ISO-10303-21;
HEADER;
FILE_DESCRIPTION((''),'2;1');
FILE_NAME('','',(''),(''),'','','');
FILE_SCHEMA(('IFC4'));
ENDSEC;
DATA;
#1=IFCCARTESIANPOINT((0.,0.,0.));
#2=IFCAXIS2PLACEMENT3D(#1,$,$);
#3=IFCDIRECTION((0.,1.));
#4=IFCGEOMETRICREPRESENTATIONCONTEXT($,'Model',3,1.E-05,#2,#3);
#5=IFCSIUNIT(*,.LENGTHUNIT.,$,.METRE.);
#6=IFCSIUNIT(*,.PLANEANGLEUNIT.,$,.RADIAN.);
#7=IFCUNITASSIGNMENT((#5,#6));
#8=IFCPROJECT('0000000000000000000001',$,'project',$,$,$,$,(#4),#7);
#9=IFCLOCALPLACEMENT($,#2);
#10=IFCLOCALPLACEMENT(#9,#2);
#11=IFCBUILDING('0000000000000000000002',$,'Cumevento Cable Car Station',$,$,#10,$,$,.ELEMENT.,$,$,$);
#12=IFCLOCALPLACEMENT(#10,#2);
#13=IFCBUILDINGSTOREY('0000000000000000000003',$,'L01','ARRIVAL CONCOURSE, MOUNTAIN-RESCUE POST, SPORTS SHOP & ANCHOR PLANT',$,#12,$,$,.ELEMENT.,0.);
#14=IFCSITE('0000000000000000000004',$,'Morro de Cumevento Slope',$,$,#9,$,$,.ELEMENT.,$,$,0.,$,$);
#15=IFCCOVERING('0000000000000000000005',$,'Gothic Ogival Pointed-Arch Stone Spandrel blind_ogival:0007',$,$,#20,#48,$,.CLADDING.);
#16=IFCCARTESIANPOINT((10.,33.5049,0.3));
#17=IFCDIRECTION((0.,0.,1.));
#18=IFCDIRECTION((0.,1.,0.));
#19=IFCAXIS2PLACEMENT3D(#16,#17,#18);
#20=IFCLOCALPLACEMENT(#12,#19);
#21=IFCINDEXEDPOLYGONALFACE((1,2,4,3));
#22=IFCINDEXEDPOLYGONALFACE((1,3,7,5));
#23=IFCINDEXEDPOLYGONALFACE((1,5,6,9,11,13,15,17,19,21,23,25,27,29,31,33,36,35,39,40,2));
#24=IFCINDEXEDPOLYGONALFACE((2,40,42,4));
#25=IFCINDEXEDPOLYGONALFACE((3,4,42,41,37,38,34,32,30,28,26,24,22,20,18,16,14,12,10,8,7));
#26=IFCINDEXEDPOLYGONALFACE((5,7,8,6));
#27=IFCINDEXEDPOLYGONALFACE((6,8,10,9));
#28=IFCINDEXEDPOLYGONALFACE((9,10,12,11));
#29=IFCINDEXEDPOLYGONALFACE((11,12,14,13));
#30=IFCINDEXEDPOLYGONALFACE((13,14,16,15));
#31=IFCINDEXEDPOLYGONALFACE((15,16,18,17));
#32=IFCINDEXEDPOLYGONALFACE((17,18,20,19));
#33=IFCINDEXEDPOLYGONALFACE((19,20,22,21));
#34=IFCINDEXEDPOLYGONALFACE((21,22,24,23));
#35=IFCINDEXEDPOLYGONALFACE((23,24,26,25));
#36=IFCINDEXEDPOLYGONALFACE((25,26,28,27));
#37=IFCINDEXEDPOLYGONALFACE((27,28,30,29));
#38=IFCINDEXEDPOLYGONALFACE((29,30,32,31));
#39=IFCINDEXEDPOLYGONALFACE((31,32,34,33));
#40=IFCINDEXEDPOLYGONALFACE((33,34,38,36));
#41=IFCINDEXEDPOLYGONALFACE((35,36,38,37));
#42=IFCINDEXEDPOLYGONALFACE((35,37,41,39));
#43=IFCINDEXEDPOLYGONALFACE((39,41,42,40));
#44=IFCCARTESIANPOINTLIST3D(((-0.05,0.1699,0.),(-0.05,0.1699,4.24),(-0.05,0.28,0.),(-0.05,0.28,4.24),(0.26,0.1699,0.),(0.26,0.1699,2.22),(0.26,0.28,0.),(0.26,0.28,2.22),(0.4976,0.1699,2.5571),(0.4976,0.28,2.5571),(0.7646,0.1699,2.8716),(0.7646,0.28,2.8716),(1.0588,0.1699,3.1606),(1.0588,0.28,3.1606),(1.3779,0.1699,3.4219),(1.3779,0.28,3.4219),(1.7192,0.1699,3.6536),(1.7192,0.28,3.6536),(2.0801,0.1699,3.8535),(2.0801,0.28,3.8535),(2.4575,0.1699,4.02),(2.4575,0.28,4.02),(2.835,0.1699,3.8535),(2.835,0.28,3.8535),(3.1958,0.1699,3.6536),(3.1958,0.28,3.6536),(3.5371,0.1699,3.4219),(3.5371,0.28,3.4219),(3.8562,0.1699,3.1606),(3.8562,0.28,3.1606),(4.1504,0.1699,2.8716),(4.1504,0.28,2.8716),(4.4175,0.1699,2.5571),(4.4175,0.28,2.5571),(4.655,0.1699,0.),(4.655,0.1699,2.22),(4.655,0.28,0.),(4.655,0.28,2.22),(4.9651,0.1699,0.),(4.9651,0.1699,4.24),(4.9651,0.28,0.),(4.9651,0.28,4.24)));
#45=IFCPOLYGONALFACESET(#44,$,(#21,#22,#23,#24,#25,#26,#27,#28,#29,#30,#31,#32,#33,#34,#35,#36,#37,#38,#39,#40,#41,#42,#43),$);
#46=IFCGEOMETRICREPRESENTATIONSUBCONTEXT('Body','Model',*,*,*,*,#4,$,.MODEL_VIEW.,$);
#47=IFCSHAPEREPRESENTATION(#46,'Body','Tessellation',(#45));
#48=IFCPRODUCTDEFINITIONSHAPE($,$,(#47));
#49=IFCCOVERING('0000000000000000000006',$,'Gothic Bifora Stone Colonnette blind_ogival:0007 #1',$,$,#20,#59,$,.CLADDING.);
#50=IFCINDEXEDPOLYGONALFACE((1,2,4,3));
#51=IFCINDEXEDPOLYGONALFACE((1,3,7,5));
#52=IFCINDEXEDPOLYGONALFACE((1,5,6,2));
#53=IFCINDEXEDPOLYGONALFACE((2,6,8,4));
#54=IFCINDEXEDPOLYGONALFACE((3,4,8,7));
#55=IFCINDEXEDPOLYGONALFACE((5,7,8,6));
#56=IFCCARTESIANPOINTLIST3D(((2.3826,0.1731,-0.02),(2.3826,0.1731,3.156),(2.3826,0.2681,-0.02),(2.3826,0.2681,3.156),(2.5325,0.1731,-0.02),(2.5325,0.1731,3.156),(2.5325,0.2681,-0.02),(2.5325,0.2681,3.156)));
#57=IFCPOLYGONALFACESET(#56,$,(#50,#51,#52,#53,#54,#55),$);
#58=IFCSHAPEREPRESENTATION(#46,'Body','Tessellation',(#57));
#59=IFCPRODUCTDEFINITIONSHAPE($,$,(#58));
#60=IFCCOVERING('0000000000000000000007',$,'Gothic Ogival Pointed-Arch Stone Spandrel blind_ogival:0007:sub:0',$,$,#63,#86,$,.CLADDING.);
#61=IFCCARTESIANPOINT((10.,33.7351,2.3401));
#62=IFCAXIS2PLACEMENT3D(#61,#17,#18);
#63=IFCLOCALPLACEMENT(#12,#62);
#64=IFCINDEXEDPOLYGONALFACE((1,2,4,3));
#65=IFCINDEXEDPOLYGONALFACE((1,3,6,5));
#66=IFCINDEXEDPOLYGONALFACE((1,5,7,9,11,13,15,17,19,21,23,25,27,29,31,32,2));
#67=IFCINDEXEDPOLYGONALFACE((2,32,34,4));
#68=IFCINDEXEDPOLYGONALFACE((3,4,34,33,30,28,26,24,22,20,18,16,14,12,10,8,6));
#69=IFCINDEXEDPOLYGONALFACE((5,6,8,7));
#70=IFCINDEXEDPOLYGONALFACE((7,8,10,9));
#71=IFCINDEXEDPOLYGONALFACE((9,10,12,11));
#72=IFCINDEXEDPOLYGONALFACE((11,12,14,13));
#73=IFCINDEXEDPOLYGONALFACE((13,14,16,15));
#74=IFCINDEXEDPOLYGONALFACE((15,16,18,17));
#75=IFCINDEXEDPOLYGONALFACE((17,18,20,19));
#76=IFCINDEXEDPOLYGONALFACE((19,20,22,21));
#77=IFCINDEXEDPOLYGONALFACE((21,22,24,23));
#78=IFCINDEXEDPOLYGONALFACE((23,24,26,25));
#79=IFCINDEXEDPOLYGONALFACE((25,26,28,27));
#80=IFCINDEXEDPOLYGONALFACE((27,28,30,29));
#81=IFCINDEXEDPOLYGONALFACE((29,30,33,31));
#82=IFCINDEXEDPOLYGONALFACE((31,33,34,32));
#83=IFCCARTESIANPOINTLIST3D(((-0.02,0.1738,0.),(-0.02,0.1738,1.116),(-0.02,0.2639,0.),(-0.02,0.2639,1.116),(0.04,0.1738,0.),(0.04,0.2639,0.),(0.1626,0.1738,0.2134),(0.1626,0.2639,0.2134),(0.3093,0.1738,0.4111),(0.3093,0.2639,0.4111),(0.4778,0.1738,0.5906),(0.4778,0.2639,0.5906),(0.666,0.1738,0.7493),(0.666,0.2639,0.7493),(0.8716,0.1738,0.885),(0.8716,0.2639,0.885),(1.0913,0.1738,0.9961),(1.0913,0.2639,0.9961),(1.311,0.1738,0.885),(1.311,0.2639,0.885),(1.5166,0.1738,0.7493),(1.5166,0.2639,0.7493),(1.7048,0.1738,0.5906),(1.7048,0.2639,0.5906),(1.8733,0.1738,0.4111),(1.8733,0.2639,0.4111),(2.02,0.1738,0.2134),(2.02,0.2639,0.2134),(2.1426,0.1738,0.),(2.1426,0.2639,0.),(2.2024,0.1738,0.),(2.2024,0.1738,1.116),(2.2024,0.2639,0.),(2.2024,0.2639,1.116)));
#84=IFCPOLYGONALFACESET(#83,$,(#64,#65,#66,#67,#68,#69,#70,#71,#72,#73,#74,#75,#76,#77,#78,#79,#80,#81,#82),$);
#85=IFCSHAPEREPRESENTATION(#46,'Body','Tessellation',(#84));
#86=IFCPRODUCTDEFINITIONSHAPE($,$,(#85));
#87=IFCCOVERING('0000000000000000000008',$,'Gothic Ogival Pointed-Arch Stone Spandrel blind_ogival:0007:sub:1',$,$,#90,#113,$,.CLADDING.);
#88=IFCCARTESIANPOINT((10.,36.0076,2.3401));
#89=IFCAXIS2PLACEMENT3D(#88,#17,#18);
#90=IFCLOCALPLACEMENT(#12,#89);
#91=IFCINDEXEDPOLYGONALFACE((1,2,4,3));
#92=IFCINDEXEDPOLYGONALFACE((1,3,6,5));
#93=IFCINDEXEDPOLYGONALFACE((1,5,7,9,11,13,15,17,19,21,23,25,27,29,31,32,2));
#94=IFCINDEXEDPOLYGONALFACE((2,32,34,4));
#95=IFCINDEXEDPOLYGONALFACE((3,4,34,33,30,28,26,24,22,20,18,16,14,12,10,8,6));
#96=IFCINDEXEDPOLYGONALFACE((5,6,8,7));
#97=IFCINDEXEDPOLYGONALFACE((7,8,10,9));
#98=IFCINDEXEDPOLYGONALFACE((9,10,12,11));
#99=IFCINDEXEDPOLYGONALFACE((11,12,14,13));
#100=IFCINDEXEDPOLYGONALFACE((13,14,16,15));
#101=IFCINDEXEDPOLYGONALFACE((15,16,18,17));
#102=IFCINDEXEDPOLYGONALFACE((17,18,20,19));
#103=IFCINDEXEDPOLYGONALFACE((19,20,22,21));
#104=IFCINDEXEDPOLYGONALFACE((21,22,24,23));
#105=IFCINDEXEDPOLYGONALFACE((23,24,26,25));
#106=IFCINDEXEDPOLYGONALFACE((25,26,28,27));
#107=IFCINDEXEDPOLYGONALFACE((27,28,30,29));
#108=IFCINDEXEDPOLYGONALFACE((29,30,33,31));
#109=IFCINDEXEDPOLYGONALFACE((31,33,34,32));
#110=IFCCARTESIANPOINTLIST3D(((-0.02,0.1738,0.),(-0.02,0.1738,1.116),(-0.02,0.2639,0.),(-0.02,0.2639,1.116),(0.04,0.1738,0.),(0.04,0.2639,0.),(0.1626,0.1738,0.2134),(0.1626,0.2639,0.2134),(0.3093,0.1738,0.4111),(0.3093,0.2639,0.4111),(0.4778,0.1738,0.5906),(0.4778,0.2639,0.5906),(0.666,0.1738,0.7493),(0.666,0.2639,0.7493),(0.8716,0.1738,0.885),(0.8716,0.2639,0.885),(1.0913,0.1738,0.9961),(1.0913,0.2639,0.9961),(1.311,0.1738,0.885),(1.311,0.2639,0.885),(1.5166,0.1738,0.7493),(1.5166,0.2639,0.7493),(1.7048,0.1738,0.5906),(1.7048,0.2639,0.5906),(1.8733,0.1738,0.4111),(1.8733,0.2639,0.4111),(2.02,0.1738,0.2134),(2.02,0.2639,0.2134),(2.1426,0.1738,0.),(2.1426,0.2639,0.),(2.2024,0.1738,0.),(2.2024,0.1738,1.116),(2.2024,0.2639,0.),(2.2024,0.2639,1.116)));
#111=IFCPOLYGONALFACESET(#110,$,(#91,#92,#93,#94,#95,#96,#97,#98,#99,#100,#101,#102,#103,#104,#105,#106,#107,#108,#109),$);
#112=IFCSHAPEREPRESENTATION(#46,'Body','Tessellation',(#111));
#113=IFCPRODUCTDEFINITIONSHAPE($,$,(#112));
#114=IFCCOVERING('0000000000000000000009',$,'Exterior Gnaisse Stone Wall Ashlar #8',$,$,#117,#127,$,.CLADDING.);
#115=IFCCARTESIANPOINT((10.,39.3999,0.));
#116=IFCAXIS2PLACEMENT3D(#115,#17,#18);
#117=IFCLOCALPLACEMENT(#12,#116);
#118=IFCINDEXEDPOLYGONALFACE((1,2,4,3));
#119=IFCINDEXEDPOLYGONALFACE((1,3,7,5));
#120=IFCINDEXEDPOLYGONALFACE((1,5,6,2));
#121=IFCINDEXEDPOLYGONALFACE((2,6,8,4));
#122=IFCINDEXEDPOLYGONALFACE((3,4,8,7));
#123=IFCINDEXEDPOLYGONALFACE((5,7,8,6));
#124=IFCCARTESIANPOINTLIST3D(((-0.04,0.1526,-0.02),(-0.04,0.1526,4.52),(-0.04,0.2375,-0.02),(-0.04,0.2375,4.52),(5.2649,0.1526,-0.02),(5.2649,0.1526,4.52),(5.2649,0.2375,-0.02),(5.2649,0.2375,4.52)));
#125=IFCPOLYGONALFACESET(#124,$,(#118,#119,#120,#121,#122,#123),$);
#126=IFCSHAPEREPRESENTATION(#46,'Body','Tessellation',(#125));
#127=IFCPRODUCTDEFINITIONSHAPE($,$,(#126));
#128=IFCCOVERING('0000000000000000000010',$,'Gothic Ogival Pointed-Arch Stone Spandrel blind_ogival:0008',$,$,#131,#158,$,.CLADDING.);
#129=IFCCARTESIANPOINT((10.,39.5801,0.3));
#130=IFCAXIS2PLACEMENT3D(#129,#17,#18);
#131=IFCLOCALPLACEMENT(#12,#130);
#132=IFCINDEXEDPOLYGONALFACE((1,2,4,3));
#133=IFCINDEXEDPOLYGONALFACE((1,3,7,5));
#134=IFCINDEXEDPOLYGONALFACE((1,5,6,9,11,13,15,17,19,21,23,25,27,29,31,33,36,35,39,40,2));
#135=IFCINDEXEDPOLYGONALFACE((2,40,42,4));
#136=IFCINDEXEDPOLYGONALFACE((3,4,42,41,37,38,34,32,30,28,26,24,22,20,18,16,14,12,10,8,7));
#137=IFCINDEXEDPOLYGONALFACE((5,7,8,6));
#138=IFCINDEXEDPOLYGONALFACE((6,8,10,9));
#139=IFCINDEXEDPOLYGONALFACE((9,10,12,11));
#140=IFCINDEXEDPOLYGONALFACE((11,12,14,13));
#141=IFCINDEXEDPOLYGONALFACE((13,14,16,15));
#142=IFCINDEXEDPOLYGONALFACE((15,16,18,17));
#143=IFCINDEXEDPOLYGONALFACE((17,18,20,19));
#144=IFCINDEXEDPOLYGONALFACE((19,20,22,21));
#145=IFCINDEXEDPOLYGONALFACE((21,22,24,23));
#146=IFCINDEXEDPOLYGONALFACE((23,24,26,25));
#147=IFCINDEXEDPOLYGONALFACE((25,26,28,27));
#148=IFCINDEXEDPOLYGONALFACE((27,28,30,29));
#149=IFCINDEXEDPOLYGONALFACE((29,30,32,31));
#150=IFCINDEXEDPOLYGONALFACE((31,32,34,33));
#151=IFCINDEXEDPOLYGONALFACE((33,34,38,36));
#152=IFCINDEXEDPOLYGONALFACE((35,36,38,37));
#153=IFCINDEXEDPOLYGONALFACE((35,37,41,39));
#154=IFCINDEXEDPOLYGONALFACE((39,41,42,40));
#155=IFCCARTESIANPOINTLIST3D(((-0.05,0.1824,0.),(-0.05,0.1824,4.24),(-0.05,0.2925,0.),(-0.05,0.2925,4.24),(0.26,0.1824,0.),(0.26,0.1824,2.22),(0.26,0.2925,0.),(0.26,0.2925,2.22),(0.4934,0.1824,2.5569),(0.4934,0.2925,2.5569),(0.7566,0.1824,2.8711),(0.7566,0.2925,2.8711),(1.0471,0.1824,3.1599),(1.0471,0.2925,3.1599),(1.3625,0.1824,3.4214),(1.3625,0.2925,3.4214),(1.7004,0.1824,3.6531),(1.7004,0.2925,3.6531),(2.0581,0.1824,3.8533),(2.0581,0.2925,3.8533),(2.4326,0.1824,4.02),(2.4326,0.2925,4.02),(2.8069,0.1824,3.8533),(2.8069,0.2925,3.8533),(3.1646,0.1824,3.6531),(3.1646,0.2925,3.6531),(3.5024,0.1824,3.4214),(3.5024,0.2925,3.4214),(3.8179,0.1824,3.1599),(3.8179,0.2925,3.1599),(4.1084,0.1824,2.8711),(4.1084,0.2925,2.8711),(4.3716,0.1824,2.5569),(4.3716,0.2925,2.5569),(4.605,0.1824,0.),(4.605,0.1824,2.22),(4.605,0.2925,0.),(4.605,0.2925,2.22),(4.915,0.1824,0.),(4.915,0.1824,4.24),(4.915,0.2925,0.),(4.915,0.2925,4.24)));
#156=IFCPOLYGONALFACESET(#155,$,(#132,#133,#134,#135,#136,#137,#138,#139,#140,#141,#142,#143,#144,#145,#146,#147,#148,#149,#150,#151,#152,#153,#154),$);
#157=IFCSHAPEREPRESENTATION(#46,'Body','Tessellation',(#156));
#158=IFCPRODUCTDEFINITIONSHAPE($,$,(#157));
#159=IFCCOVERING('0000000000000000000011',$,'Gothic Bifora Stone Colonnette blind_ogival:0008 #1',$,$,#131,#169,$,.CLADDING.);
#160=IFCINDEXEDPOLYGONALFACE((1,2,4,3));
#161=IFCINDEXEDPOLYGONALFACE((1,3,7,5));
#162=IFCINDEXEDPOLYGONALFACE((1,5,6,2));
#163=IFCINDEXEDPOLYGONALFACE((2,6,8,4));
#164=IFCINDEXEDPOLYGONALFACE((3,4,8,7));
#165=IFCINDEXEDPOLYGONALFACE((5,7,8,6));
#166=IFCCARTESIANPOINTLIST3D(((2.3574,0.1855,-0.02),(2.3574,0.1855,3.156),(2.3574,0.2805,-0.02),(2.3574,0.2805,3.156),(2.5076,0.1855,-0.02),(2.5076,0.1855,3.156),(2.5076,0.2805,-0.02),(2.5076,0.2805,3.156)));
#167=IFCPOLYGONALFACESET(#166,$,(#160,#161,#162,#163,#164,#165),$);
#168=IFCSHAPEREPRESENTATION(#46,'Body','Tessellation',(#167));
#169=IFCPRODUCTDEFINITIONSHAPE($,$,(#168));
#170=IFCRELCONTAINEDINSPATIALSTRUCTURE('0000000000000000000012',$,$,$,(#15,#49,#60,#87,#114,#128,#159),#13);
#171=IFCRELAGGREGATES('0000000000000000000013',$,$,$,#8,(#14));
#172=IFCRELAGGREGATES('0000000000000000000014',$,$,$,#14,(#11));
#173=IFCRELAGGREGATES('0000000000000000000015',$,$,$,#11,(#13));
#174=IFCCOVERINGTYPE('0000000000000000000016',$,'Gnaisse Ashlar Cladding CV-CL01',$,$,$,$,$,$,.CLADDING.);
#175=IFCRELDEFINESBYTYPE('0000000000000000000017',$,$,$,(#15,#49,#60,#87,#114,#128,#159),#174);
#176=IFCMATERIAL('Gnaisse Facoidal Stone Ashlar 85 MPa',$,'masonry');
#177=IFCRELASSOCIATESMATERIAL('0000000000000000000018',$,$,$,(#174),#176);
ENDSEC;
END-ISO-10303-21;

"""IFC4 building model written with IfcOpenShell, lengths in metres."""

from ifc_helpers import new_model, si_unit, direction, frame, origin, place, context, subcontext, project, spatial, polyline, outline, extrude, material, type_object, element, save


model = new_model("IFC4")

# Units and contexts
model_context = context("Model", 3, precision=1e-05, world=origin(), true_north=direction((0.0, 1.0)))
body_context = subcontext(model_context, "Body", "Model", "MODEL_VIEW")
ifc_project = project(units=[si_unit("LENGTHUNIT", "METRE"), si_unit("PLANEANGLEUNIT", "RADIAN")], contexts=[model_context])

# Site, building, storey
site_placement = place(None, origin())
site = spatial("IfcSite", under=ifc_project, at=site_placement, Name="Morro de Cumevento Slope", CompositionType="ELEMENT", RefElevation=0.0)
building_placement = place(site_placement, origin())
building = spatial("IfcBuilding", under=site, at=building_placement, Name="Cumevento Cable Car Station", CompositionType="ELEMENT")
storey_placement = place(building_placement, origin())
storey = spatial("IfcBuildingStorey", under=building, at=storey_placement, Name="L01", Description="ARRIVAL CONCOURSE, MOUNTAIN-RESCUE POST, SPORTS SHOP & ANCHOR PLANT", CompositionType="ELEMENT", Elevation=0.0)

# Coverings
ifc_material_1 = material(Name="Gnaisse Facoidal Stone Ashlar 85 MPa", Category="masonry")
covering_type = type_object("IfcCoveringType", Name="Gnaisse Ashlar Cladding CV-CL01", PredefinedType="CLADDING", material=ifc_material_1)
placement_1 = place(storey_placement, frame((10.0, 33.5049, 0.3), z_axis=(0.0, 0.0, 1.0), x_axis=(0.0, 1.0, 0.0)))
element("IfcCovering", 1, at=placement_1, inside=storey, type_object=covering_type, Name="Gothic Ogival Pointed-Arch Stone Spandrel blind_ogival:0007", PredefinedType="CLADDING", context=body_context, shape_type="SweptSolid", body=[
    extrude(outline(polyline([(-0.05, 0.0), (-0.05, 4.24), (4.9651, 4.24), (4.9651, 0.0), (4.655, 0.0), (4.655, 2.22), (4.4175, 2.5571), (4.1504, 2.8716), (3.8562, 3.1606), (3.5371, 3.4219), (3.1958, 3.6536), (2.835, 3.8535), (2.4575, 4.02), (2.0801, 3.8535), (1.7192, 3.6536), (1.3779, 3.4219), (1.0588, 3.1606), (0.7646, 2.8716), (0.4976, 2.5571), (0.26, 2.22), (0.26, 0.0), (-0.05, 0.0)])), frame((0.0, 0.28, 0.0), z_axis=(0.0, -1.0, 0.0), x_axis=(1.0, 0.0, 0.0)), (0.0, 0.0, 1.0), 0.1101),
])
element("IfcCovering", 2, at=placement_1, inside=storey, type_object=covering_type, Name="Gothic Bifora Stone Colonnette blind_ogival:0007 #1", PredefinedType="CLADDING", context=body_context, shape_type="SweptSolid", body=[
    extrude(outline(polyline([(2.3826, -0.02), (2.5325, -0.02), (2.5325, 3.156), (2.3826, 3.156), (2.3826, -0.02)])), frame((0.0, 0.2681, 0.0), z_axis=(0.0, -1.0, 0.0), x_axis=(1.0, 0.0, 0.0)), (0.0, 0.0, 1.0), 0.095),
])
for number, where, z_axis, x_axis, name in (
    (3, (10.0, 33.7351, 2.3401), (0.0, 0.0, 1.0), (0.0, 1.0, 0.0), "Gothic Ogival Pointed-Arch Stone Spandrel blind_ogival:0007:sub:0"),
    (4, (10.0, 36.0076, 2.3401), (0.0, 0.0, 1.0), (0.0, 1.0, 0.0), "Gothic Ogival Pointed-Arch Stone Spandrel blind_ogival:0007:sub:1"),
):
    element("IfcCovering", number, at=place(storey_placement, frame(where, z_axis=z_axis, x_axis=x_axis)), inside=storey, type_object=covering_type, Name=name, PredefinedType="CLADDING", context=body_context, shape_type="SweptSolid", body=[
        extrude(outline(polyline([(-0.02, 0.0), (-0.02, 1.116), (2.2024, 1.116), (2.2024, 0.0), (2.1426, 0.0), (2.02, 0.2134), (1.8733, 0.4111), (1.7048, 0.5906), (1.5166, 0.7493), (1.311, 0.885), (1.0913, 0.9961), (0.8716, 0.885), (0.666, 0.7493), (0.4778, 0.5906), (0.3093, 0.4111), (0.1626, 0.2134), (0.04, 0.0), (-0.02, 0.0)])), frame((0.0, 0.2639, 0.0), z_axis=(0.0, -1.0, 0.0), x_axis=(1.0, 0.0, 0.0)), (0.0, 0.0, 1.0), 0.0901),
    ])
covering_1_placement = place(storey_placement, frame((10.0, 39.3999, 0.0), z_axis=(0.0, 0.0, 1.0), x_axis=(0.0, 1.0, 0.0)))
element("IfcCovering", 5, at=covering_1_placement, inside=storey, type_object=covering_type, Name="Exterior Gnaisse Stone Wall Ashlar #8", PredefinedType="CLADDING", context=body_context, shape_type="SweptSolid", body=[
    extrude(outline(polyline([(-0.04, -0.02), (5.2649, -0.02), (5.2649, 4.52), (-0.04, 4.52), (-0.04, -0.02)])), frame((0.0, 0.2375, 0.0), z_axis=(0.0, -1.0, 0.0), x_axis=(1.0, 0.0, 0.0)), (0.0, 0.0, 1.0), 0.085),
])
placement_2 = place(storey_placement, frame((10.0, 39.5801, 0.3), z_axis=(0.0, 0.0, 1.0), x_axis=(0.0, 1.0, 0.0)))
element("IfcCovering", 6, at=placement_2, inside=storey, type_object=covering_type, Name="Gothic Ogival Pointed-Arch Stone Spandrel blind_ogival:0008", PredefinedType="CLADDING", context=body_context, shape_type="SweptSolid", body=[
    extrude(outline(polyline([(-0.05, 0.0), (-0.05, 4.24), (4.915, 4.24), (4.915, 0.0), (4.605, 0.0), (4.605, 2.22), (4.3716, 2.5569), (4.1084, 2.8711), (3.8179, 3.1599), (3.5024, 3.4214), (3.1646, 3.6531), (2.8069, 3.8533), (2.4326, 4.02), (2.0581, 3.8533), (1.7004, 3.6531), (1.3625, 3.4214), (1.0471, 3.1599), (0.7566, 2.8711), (0.4934, 2.5569), (0.26, 2.22), (0.26, 0.0), (-0.05, 0.0)])), frame((0.0, 0.2925, 0.0), z_axis=(0.0, -1.0, 0.0), x_axis=(1.0, 0.0, 0.0)), (0.0, 0.0, 1.0), 0.1101),
])
element("IfcCovering", 7, at=placement_2, inside=storey, type_object=covering_type, Name="Gothic Bifora Stone Colonnette blind_ogival:0008 #1", PredefinedType="CLADDING", context=body_context, shape_type="SweptSolid", body=[
    extrude(outline(polyline([(2.3574, -0.02), (2.5076, -0.02), (2.5076, 3.156), (2.3574, 3.156), (2.3574, -0.02)])), frame((0.0, 0.2805, 0.0), z_axis=(0.0, -1.0, 0.0), x_axis=(1.0, 0.0, 0.0)), (0.0, 0.0, 1.0), 0.095),
])

save(model, "model.ifc")
